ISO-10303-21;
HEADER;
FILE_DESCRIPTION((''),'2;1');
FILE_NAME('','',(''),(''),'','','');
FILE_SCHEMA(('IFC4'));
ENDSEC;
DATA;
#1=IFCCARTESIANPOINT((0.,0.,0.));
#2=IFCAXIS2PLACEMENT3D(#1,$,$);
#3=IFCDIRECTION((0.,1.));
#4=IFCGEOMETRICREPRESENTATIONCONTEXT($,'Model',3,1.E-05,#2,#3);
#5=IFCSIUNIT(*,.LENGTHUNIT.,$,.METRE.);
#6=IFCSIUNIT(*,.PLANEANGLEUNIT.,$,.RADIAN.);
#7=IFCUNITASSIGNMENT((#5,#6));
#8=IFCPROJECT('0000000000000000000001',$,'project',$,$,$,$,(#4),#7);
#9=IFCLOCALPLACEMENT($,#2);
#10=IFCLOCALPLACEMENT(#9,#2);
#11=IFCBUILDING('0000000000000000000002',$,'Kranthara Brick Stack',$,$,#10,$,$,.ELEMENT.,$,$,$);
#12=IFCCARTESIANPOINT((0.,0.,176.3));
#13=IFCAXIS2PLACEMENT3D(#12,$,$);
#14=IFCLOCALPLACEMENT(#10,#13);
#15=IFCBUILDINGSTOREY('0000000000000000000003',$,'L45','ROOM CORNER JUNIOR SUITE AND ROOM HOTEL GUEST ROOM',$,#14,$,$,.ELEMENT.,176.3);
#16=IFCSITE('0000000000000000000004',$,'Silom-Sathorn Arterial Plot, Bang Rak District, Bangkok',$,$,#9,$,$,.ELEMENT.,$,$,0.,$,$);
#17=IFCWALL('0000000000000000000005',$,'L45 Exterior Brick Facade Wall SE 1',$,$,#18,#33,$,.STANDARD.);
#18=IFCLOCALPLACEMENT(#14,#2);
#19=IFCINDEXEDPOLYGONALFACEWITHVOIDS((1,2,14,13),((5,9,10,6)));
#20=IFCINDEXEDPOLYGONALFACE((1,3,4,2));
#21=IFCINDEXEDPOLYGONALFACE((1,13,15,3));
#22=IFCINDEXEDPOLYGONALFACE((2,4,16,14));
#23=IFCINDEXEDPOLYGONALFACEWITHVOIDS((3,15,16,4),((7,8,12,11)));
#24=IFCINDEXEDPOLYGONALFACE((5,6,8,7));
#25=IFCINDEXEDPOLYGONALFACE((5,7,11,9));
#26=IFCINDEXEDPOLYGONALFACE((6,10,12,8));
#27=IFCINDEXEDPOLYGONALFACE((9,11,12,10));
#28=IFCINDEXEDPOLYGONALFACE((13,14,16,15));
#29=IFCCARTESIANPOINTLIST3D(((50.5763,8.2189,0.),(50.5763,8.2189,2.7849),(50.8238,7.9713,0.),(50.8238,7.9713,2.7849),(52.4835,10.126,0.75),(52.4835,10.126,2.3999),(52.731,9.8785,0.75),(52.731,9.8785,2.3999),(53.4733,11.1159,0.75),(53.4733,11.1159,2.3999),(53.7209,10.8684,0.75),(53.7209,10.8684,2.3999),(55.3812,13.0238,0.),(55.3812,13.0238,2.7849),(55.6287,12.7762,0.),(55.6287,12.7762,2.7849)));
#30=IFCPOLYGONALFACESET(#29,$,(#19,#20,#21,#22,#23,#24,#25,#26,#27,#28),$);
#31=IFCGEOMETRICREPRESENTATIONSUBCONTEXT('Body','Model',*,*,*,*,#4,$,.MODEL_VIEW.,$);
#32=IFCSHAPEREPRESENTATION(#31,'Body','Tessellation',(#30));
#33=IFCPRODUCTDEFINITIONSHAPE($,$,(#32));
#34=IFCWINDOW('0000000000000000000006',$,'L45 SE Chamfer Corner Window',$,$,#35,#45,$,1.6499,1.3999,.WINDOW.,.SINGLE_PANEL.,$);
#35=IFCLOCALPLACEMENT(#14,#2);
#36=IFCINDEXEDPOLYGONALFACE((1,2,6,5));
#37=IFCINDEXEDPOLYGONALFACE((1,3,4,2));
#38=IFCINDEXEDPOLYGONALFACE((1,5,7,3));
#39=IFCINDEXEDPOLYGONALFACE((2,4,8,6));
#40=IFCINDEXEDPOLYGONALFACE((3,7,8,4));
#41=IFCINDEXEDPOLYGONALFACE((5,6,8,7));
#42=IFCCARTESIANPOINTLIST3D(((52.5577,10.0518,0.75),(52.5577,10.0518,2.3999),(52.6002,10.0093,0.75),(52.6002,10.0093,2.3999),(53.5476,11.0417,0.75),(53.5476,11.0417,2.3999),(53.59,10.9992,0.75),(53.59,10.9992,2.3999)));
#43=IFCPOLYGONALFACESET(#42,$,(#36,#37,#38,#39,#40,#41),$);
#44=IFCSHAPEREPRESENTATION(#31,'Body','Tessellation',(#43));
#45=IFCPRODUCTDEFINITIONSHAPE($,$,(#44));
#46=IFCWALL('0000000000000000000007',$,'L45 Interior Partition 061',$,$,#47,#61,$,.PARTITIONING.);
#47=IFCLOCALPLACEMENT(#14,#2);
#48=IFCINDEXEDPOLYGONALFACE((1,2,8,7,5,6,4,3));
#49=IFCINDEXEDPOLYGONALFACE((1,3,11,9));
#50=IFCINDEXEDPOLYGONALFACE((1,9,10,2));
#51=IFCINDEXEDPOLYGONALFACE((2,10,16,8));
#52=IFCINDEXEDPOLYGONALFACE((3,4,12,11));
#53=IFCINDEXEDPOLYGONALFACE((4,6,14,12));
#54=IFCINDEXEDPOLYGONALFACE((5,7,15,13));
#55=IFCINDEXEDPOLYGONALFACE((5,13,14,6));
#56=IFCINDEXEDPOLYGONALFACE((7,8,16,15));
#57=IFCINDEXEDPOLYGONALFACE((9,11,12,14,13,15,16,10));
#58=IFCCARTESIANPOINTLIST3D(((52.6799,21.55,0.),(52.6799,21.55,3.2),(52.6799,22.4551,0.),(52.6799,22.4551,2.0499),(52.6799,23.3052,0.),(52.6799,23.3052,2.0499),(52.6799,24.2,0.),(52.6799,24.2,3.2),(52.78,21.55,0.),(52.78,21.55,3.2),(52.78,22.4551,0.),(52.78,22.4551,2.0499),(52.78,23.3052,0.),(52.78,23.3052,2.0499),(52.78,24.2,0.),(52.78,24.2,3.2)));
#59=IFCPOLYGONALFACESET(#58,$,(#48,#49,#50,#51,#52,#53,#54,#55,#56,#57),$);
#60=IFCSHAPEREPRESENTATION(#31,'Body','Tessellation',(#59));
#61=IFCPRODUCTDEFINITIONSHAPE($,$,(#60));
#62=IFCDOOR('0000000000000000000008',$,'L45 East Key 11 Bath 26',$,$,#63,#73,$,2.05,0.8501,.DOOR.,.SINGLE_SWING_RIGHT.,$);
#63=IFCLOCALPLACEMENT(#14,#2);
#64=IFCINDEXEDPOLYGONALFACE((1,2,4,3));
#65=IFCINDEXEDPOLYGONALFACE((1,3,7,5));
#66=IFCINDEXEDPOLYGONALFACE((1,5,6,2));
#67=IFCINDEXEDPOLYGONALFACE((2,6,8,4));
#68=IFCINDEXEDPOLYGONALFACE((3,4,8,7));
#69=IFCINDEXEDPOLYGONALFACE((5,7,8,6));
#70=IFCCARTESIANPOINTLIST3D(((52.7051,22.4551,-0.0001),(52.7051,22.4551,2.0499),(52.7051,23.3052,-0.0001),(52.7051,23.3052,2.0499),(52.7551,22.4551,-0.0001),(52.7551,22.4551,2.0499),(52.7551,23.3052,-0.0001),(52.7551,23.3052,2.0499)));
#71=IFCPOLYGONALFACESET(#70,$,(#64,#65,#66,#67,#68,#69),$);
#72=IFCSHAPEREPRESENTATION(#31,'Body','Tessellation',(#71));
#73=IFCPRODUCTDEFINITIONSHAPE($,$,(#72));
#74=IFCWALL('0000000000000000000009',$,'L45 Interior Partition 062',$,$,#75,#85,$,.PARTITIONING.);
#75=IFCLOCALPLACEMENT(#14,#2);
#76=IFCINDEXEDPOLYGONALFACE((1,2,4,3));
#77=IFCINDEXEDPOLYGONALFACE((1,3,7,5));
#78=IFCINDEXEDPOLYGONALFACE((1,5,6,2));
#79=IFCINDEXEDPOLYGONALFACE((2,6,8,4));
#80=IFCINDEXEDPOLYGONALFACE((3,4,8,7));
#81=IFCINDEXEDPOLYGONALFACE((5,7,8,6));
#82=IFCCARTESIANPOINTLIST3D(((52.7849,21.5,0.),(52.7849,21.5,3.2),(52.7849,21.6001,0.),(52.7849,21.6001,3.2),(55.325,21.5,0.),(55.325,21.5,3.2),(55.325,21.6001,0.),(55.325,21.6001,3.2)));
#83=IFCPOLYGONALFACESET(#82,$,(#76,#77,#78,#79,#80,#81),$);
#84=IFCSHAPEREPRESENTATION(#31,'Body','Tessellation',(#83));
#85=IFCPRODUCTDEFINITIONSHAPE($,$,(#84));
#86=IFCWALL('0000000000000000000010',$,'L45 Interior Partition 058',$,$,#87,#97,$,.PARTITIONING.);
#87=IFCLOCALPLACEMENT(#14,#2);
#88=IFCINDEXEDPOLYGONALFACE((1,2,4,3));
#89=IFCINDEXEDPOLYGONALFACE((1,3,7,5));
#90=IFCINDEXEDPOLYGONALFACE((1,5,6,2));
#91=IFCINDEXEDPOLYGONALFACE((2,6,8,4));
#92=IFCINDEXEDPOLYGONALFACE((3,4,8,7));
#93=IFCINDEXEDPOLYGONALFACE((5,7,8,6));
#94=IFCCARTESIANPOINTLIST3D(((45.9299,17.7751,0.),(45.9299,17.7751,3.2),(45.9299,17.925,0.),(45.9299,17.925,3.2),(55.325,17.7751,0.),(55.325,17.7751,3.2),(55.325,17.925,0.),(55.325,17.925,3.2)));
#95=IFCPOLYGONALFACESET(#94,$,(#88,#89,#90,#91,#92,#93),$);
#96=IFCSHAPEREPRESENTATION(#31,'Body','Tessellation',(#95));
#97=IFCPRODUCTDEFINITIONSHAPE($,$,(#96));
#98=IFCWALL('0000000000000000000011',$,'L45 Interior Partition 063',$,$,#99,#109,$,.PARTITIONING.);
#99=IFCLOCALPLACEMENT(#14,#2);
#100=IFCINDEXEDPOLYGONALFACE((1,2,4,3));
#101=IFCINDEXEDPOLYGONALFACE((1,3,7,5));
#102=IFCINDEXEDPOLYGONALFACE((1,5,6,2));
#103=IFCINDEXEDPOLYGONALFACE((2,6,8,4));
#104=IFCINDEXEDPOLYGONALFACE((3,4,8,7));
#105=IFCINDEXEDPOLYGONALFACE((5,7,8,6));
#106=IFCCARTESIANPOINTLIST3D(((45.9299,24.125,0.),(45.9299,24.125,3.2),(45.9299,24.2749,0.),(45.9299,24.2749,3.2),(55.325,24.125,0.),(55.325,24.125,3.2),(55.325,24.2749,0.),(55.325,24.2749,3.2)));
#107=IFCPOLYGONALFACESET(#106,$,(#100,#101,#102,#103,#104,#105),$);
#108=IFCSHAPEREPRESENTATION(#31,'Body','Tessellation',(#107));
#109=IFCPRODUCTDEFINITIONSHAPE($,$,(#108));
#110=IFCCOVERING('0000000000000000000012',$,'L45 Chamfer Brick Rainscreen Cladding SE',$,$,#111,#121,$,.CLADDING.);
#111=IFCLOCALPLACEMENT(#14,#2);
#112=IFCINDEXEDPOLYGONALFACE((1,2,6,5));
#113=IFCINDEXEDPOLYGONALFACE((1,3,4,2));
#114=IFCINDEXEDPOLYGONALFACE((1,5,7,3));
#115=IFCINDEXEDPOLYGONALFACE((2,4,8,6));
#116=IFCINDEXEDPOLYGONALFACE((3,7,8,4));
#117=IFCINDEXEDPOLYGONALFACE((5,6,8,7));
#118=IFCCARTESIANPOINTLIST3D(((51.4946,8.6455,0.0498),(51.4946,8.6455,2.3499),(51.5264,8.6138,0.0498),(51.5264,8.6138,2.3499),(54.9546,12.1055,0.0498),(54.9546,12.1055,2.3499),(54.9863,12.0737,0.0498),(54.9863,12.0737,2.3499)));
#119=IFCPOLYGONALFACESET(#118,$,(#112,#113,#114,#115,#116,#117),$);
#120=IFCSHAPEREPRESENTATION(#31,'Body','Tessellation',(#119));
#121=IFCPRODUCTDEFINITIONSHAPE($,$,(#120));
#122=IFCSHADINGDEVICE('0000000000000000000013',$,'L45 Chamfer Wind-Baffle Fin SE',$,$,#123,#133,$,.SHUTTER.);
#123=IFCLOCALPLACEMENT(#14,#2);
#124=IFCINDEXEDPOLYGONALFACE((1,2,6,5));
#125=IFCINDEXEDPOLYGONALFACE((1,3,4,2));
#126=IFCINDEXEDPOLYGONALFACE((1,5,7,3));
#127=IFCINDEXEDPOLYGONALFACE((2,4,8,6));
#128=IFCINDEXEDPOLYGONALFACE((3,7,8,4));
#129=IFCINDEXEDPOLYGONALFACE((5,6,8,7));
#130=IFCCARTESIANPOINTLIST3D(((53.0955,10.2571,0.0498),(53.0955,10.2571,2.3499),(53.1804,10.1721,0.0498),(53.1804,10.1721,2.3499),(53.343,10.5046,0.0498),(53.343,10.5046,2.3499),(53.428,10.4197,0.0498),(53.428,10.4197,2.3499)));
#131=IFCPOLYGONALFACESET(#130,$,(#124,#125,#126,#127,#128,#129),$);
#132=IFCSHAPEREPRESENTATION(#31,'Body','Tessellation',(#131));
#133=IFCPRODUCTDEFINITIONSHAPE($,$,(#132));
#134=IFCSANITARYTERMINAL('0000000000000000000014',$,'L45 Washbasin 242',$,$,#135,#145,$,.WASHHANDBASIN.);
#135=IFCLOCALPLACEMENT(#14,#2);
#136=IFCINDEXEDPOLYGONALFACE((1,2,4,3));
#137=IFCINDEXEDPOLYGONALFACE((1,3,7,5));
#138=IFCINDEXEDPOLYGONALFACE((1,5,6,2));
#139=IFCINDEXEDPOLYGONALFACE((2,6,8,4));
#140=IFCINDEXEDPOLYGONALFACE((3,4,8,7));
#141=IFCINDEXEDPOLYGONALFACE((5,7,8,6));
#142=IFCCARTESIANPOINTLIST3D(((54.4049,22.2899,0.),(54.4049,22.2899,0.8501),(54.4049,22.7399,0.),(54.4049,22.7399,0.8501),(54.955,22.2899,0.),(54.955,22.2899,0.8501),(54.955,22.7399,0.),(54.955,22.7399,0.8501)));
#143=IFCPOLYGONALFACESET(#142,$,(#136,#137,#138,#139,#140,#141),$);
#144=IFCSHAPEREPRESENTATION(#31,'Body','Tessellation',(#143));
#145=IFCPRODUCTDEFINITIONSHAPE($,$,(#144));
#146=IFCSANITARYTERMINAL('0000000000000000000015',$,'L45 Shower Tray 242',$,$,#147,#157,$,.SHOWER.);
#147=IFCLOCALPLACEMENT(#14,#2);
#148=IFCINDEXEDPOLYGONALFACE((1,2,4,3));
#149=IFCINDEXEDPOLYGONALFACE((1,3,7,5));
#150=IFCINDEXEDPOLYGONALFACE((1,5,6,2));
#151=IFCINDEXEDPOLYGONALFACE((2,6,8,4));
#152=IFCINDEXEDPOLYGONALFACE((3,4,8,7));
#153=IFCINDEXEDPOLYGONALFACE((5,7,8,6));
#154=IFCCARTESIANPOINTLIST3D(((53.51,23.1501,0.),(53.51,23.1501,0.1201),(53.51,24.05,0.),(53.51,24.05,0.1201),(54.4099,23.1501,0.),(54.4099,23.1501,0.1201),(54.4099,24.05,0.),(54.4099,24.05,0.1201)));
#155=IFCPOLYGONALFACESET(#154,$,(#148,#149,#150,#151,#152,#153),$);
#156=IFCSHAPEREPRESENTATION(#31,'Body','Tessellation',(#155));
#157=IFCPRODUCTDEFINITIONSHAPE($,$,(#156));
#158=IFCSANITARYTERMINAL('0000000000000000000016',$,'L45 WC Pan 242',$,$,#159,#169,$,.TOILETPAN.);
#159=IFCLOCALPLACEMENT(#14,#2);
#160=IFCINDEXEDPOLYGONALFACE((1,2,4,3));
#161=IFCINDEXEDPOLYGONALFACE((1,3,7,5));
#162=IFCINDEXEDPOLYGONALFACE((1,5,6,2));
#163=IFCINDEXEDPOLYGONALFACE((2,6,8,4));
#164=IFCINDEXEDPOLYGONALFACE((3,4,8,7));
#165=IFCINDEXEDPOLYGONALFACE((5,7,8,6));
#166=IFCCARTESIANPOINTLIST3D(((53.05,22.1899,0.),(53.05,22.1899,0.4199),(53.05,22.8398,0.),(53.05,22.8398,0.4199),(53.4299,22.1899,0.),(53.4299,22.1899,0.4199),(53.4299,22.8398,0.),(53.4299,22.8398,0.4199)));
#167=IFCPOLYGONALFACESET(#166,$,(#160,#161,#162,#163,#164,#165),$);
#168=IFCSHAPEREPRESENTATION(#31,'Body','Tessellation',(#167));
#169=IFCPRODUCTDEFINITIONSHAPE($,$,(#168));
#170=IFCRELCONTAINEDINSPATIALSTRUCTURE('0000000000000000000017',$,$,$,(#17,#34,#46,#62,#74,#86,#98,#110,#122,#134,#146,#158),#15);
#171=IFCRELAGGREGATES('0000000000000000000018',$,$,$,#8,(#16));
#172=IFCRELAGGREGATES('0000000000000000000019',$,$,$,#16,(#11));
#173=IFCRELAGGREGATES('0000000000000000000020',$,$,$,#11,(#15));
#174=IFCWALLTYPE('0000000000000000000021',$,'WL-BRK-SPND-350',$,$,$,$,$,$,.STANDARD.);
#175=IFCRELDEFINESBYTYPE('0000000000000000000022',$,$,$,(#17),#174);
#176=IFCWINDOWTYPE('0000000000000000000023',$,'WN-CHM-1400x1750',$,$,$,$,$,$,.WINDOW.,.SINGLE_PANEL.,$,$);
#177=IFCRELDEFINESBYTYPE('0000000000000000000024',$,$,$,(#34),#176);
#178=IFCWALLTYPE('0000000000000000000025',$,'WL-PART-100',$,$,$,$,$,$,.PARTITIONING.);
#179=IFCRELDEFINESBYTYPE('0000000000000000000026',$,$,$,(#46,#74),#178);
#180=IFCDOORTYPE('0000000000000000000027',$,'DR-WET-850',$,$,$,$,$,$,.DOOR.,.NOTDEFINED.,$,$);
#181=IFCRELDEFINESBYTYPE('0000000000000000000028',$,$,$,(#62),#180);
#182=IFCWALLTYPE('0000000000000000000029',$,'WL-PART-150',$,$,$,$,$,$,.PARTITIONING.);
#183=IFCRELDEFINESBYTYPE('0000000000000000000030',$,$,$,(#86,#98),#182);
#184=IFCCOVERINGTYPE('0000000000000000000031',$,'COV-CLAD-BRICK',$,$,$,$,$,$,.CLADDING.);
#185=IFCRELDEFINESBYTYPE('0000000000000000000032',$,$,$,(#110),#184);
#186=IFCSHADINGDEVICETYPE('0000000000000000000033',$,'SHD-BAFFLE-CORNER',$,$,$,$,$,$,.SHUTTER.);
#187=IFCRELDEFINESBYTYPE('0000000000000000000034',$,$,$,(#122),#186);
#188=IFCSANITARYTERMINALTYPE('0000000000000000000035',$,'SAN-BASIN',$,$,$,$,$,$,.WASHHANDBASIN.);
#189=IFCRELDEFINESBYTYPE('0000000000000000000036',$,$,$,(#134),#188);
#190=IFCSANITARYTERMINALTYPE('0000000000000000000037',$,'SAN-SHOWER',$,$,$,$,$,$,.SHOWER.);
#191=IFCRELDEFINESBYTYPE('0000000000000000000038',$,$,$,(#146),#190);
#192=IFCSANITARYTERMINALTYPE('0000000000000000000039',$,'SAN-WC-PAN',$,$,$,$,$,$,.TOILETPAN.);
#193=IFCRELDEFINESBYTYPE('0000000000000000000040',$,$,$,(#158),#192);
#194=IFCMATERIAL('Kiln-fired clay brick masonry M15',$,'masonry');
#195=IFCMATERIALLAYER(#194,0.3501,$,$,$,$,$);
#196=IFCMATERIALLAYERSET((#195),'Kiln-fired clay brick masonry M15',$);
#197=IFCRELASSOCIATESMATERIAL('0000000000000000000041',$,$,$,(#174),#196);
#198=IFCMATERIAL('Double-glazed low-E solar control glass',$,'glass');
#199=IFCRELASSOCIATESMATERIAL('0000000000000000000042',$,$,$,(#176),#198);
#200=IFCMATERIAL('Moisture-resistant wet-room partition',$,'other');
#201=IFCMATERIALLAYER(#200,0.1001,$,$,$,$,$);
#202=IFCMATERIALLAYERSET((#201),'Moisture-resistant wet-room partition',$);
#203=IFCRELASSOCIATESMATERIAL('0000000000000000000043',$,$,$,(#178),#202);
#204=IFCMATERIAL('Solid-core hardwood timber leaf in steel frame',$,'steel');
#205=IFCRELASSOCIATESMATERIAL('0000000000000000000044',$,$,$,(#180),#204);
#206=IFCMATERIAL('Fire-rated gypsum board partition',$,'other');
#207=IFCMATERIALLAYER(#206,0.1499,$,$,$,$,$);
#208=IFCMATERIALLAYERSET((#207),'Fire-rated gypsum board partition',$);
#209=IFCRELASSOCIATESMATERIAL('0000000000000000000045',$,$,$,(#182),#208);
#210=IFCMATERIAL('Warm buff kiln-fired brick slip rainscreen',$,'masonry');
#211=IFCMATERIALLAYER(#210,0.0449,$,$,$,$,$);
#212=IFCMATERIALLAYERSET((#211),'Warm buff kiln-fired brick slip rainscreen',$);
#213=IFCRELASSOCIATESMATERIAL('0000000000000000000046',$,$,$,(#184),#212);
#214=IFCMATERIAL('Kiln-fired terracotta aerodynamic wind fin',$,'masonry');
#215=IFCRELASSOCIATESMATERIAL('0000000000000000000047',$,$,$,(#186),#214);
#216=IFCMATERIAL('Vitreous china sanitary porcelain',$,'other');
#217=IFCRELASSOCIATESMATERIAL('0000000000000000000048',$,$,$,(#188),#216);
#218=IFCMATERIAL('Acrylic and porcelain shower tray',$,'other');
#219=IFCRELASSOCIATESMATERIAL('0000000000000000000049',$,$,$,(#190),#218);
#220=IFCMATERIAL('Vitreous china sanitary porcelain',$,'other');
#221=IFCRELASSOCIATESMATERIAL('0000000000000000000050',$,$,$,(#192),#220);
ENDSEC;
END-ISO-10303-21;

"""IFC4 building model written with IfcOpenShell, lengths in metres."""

from ifc_helpers import new_model, si_unit, direction, frame, frame_2d, origin, origin_2d, place, context, subcontext, project, spatial, rectangle, extrude, material, layer, layer_set, type_object, element, fill, save


model = new_model("IFC4")

# Units and contexts
model_context = context("Model", 3, precision=1e-05, world=origin(), true_north=direction((0.0, 1.0)))
body_context = subcontext(model_context, "Body", "Model", "MODEL_VIEW")
ifc_project = project(units=[si_unit("LENGTHUNIT", "METRE"), si_unit("PLANEANGLEUNIT", "RADIAN")], contexts=[model_context])

# Site, building, storey
site_placement = place(None, origin())
site = spatial("IfcSite", under=ifc_project, at=site_placement, Name="Silom-Sathorn Arterial Plot, Bang Rak District, Bangkok", CompositionType="ELEMENT", RefElevation=0.0)
building_placement = place(site_placement, origin())
building = spatial("IfcBuilding", under=site, at=building_placement, Name="Kranthara Brick Stack", CompositionType="ELEMENT")
storey_placement = place(building_placement, frame((0.0, 0.0, 176.3)))
storey = spatial("IfcBuildingStorey", under=building, at=storey_placement, Name="L45", Description="ROOM CORNER JUNIOR SUITE AND ROOM HOTEL GUEST ROOM", CompositionType="ELEMENT", Elevation=176.3)

# Shared definitions
ifc_material_1 = material(Name="Kiln-fired clay brick masonry M15", Category="masonry")
ifc_layer_1 = layer(ifc_material_1, 0.3501)
ifc_layer_set_1 = layer_set([ifc_layer_1], Name="Kiln-fired clay brick masonry M15")
wall_type_1 = type_object("IfcWallType", Name="WL-BRK-SPND-350", PredefinedType="STANDARD", material=ifc_layer_set_1)

# Wall, opening, window
wall_1_placement = place(storey_placement, frame((55.5049, 12.8999, 0.0), z_axis=(0.0, 0.0, 1.0), x_axis=(-0.707107, -0.707107, 0.0)))
wall_1 = element("IfcWall", 1, at=wall_1_placement, inside=storey, type_object=wall_type_1, Name="L45 Exterior Brick Facade Wall SE 1", PredefinedType="STANDARD", context=body_context, shape_type="SweptSolid", body=[
    extrude(rectangle(XDim=6.7952, YDim=0.3501, at=frame_2d((3.3975, 0.0))), origin(), (0.0, 0.0, 1.0), 2.7849),
])
opening_1_placement = place(wall_1_placement, frame((2.698, 0.0, 0.75)))
opening_1 = element("IfcOpeningElement", 2, at=opening_1_placement, cuts=wall_1, PredefinedType="OPENING", context=body_context, shape_type="SweptSolid", body=[
    extrude(rectangle(XDim=1.3999, YDim=1.6499, at=frame_2d((0.7, 0.825))), frame((0.0, 0.1851, 0.0), z_axis=(0.0, -1.0, 0.0), x_axis=(1.0, 0.0, 0.0)), (0.0, 0.0, 1.0), 0.3701),
])
ifc_material_2 = material(Name="Double-glazed low-E solar control glass", Category="glass")
window_type_1 = type_object("IfcWindowType", Name="WN-CHM-1400x1750", PartitioningType="SINGLE_PANEL", PredefinedType="WINDOW", material=ifc_material_2)
window_1_placement = place(opening_1_placement, origin())
window_1 = element("IfcWindow", 3, at=window_1_placement, inside=storey, type_object=window_type_1, Name="L45 SE Chamfer Corner Window", OverallHeight=1.6499, OverallWidth=1.3999, PartitioningType="SINGLE_PANEL", PredefinedType="WINDOW", context=body_context, shape_type="SweptSolid", body=[
    extrude(rectangle(XDim=1.3999, YDim=1.6499, at=frame_2d((0.7, 0.825))), frame((0.0, -0.01, 0.0), z_axis=(0.0, -1.0, 0.0), x_axis=(1.0, 0.0, 0.0)), (0.0, 0.0, 1.0), 0.0601),
])
fill(opening_1, window_1)

# Wall, opening, door
ifc_material_3 = material(Name="Moisture-resistant wet-room partition", Category="other")
ifc_layer_2 = layer(ifc_material_3, 0.1001)
ifc_layer_set_2 = layer_set([ifc_layer_2], Name="Moisture-resistant wet-room partition")
wall_type_2 = type_object("IfcWallType", Name="WL-PART-100", PredefinedType="PARTITIONING", material=ifc_layer_set_2)
wall_2_placement = place(storey_placement, frame((52.73, 21.55, 0.0), z_axis=(0.0, 0.0, 1.0), x_axis=(0.0, 1.0, 0.0)))
wall_2 = element("IfcWall", 4, at=wall_2_placement, inside=storey, type_object=wall_type_2, Name="L45 Interior Partition 061", PredefinedType="PARTITIONING", context=body_context, shape_type="SweptSolid", body=[
    extrude(rectangle(XDim=2.6499, YDim=0.1001, at=frame_2d((1.325, 0.0))), origin(), (0.0, 0.0, 1.0), 3.2),
])
opening_2_placement = place(wall_2_placement, frame((0.905, 0.0, 0.0)))
opening_2 = element("IfcOpeningElement", 5, at=opening_2_placement, cuts=wall_2, PredefinedType="OPENING", context=body_context, shape_type="SweptSolid", body=[
    extrude(rectangle(XDim=0.8501, YDim=2.05, at=frame_2d((0.425, 1.0249))), frame((0.0, 0.0601, 0.0), z_axis=(0.0, -1.0, 0.0), x_axis=(1.0, 0.0, 0.0)), (0.0, 0.0, 1.0), 0.1201),
])
ifc_material_4 = material(Name="Solid-core hardwood timber leaf in steel frame", Category="steel")
door_type_1 = type_object("IfcDoorType", Name="DR-WET-850", OperationType="NOTDEFINED", PredefinedType="DOOR", material=ifc_material_4)
door_1_placement = place(opening_2_placement, origin())
door_1 = element("IfcDoor", 6, at=door_1_placement, inside=storey, type_object=door_type_1, Name="L45 East Key 11 Bath 26", OperationType="SINGLE_SWING_RIGHT", OverallHeight=2.05, OverallWidth=0.8501, PredefinedType="DOOR", context=body_context, shape_type="SweptSolid", body=[
    extrude(rectangle(XDim=0.8501, YDim=2.05, at=frame_2d((0.425, 1.0249))), frame((0.0, 0.0249, 0.0), z_axis=(0.0, -1.0, 0.0), x_axis=(1.0, 0.0, 0.0)), (0.0, 0.0, 1.0), 0.05),
])
fill(opening_2, door_1)

# Walls
wall_3_placement = place(storey_placement, frame((52.7849, 21.55, 0.0), z_axis=(0.0, 0.0, 1.0), x_axis=(1.0, 0.0, 0.0)))
element("IfcWall", 7, at=wall_3_placement, inside=storey, type_object=wall_type_2, Name="L45 Interior Partition 062", PredefinedType="PARTITIONING", context=body_context, shape_type="SweptSolid", body=[
    extrude(rectangle(XDim=2.54, YDim=0.1001, at=frame_2d((1.27, 0.0))), origin(), (0.0, 0.0, 1.0), 3.2),
])
ifc_material_5 = material(Name="Fire-rated gypsum board partition", Category="other")
ifc_layer_3 = layer(ifc_material_5, 0.1499)
ifc_layer_set_3 = layer_set([ifc_layer_3], Name="Fire-rated gypsum board partition")
wall_type_3 = type_object("IfcWallType", Name="WL-PART-150", PredefinedType="PARTITIONING", material=ifc_layer_set_3)
for number, where, z_axis, x_axis, name in (
    (8, (45.9299, 17.8501, 0.0), (0.0, 0.0, 1.0), (1.0, 0.0, 0.0), "L45 Interior Partition 058"),
    (9, (45.9299, 24.2, 0.0), (0.0, 0.0, 1.0), (1.0, 0.0, 0.0), "L45 Interior Partition 063"),
):
    element("IfcWall", number, at=place(storey_placement, frame(where, z_axis=z_axis, x_axis=x_axis)), inside=storey, type_object=wall_type_3, Name=name, PredefinedType="PARTITIONING", context=body_context, shape_type="SweptSolid", body=[
        extrude(rectangle(XDim=9.395, YDim=0.1499, at=frame_2d((4.6975, 0.0))), origin(), (0.0, 0.0, 1.0), 3.2),
    ])

# Covering
ifc_material_6 = material(Name="Warm buff kiln-fired brick slip rainscreen", Category="masonry")
ifc_layer_4 = layer(ifc_material_6, 0.0449)
ifc_layer_set_4 = layer_set([ifc_layer_4], Name="Warm buff kiln-fired brick slip rainscreen")
covering_type = type_object("IfcCoveringType", Name="COV-CLAD-BRICK", PredefinedType="CLADDING", material=ifc_layer_set_4)
covering_placement = place(storey_placement, frame((53.2405, 10.3596, 0.0498), z_axis=(0.0, 0.0, 1.0), x_axis=(-0.707107, -0.707107, 0.0)))
element("IfcCovering", 10, at=covering_placement, inside=storey, type_object=covering_type, Name="L45 Chamfer Brick Rainscreen Cladding SE", PredefinedType="CLADDING", context=body_context, shape_type="SweptSolid", body=[
    extrude(rectangle(XDim=4.8931, YDim=0.0449, at=origin_2d()), origin(), (0.0, 0.0, 1.0), 2.3),
])

# Shading device
ifc_material_7 = material(Name="Kiln-fired terracotta aerodynamic wind fin", Category="masonry")
shading_device_type = type_object("IfcShadingDeviceType", Name="SHD-BAFFLE-CORNER", PredefinedType="SHUTTER", material=ifc_material_7)
shading_device_placement = place(storey_placement, frame((53.2617, 10.3384, 0.0498), z_axis=(0.0, 0.0, 1.0), x_axis=(-0.707107, -0.707107, 0.0)))
element("IfcShadingDevice", 11, at=shading_device_placement, inside=storey, type_object=shading_device_type, Name="L45 Chamfer Wind-Baffle Fin SE", PredefinedType="SHUTTER", context=body_context, shape_type="SweptSolid", body=[
    extrude(rectangle(XDim=0.3501, YDim=0.1201, at=origin_2d()), origin(), (0.0, 0.0, 1.0), 2.3),
])

# Sanitary terminals
ifc_material_8 = material(Name="Vitreous china sanitary porcelain", Category="other")
sanitary_terminal_type_1 = type_object("IfcSanitaryTerminalType", Name="SAN-BASIN", PredefinedType="WASHHANDBASIN", material=ifc_material_8)
sanitary_terminal_1_placement = place(storey_placement, frame((54.6799, 22.5149, 0.0), z_axis=(0.0, 0.0, 1.0), x_axis=(1.0, 0.0, 0.0)))
element("IfcSanitaryTerminal", 12, at=sanitary_terminal_1_placement, inside=storey, type_object=sanitary_terminal_type_1, Name="L45 Washbasin 242", PredefinedType="WASHHANDBASIN", context=body_context, shape_type="SweptSolid", body=[
    extrude(rectangle(XDim=0.55, YDim=0.45, at=origin_2d()), origin(), (0.0, 0.0, 1.0), 0.8501),
])
ifc_material_9 = material(Name="Acrylic and porcelain shower tray", Category="other")
sanitary_terminal_type_2 = type_object("IfcSanitaryTerminalType", Name="SAN-SHOWER", PredefinedType="SHOWER", material=ifc_material_9)
sanitary_terminal_2_placement = place(storey_placement, frame((53.96, 23.6001, 0.0), z_axis=(0.0, 0.0, 1.0), x_axis=(1.0, 0.0, 0.0)))
element("IfcSanitaryTerminal", 13, at=sanitary_terminal_2_placement, inside=storey, type_object=sanitary_terminal_type_2, Name="L45 Shower Tray 242", PredefinedType="SHOWER", context=body_context, shape_type="SweptSolid", body=[
    extrude(rectangle(XDim=0.8999, YDim=0.8999, at=origin_2d()), origin(), (0.0, 0.0, 1.0), 0.1201),
])
ifc_material_10 = material(Name="Vitreous china sanitary porcelain", Category="other")
sanitary_terminal_type_3 = type_object("IfcSanitaryTerminalType", Name="SAN-WC-PAN", PredefinedType="TOILETPAN", material=ifc_material_10)
sanitary_terminal_3_placement = place(storey_placement, frame((53.24, 22.5149, 0.0), z_axis=(0.0, 0.0, 1.0), x_axis=(1.0, 0.0, 0.0)))
element("IfcSanitaryTerminal", 14, at=sanitary_terminal_3_placement, inside=storey, type_object=sanitary_terminal_type_3, Name="L45 WC Pan 242", PredefinedType="TOILETPAN", context=body_context, shape_type="SweptSolid", body=[
    extrude(rectangle(XDim=0.3799, YDim=0.6499, at=origin_2d()), origin(), (0.0, 0.0, 1.0), 0.4199),
])

save(model, "model.ifc")
